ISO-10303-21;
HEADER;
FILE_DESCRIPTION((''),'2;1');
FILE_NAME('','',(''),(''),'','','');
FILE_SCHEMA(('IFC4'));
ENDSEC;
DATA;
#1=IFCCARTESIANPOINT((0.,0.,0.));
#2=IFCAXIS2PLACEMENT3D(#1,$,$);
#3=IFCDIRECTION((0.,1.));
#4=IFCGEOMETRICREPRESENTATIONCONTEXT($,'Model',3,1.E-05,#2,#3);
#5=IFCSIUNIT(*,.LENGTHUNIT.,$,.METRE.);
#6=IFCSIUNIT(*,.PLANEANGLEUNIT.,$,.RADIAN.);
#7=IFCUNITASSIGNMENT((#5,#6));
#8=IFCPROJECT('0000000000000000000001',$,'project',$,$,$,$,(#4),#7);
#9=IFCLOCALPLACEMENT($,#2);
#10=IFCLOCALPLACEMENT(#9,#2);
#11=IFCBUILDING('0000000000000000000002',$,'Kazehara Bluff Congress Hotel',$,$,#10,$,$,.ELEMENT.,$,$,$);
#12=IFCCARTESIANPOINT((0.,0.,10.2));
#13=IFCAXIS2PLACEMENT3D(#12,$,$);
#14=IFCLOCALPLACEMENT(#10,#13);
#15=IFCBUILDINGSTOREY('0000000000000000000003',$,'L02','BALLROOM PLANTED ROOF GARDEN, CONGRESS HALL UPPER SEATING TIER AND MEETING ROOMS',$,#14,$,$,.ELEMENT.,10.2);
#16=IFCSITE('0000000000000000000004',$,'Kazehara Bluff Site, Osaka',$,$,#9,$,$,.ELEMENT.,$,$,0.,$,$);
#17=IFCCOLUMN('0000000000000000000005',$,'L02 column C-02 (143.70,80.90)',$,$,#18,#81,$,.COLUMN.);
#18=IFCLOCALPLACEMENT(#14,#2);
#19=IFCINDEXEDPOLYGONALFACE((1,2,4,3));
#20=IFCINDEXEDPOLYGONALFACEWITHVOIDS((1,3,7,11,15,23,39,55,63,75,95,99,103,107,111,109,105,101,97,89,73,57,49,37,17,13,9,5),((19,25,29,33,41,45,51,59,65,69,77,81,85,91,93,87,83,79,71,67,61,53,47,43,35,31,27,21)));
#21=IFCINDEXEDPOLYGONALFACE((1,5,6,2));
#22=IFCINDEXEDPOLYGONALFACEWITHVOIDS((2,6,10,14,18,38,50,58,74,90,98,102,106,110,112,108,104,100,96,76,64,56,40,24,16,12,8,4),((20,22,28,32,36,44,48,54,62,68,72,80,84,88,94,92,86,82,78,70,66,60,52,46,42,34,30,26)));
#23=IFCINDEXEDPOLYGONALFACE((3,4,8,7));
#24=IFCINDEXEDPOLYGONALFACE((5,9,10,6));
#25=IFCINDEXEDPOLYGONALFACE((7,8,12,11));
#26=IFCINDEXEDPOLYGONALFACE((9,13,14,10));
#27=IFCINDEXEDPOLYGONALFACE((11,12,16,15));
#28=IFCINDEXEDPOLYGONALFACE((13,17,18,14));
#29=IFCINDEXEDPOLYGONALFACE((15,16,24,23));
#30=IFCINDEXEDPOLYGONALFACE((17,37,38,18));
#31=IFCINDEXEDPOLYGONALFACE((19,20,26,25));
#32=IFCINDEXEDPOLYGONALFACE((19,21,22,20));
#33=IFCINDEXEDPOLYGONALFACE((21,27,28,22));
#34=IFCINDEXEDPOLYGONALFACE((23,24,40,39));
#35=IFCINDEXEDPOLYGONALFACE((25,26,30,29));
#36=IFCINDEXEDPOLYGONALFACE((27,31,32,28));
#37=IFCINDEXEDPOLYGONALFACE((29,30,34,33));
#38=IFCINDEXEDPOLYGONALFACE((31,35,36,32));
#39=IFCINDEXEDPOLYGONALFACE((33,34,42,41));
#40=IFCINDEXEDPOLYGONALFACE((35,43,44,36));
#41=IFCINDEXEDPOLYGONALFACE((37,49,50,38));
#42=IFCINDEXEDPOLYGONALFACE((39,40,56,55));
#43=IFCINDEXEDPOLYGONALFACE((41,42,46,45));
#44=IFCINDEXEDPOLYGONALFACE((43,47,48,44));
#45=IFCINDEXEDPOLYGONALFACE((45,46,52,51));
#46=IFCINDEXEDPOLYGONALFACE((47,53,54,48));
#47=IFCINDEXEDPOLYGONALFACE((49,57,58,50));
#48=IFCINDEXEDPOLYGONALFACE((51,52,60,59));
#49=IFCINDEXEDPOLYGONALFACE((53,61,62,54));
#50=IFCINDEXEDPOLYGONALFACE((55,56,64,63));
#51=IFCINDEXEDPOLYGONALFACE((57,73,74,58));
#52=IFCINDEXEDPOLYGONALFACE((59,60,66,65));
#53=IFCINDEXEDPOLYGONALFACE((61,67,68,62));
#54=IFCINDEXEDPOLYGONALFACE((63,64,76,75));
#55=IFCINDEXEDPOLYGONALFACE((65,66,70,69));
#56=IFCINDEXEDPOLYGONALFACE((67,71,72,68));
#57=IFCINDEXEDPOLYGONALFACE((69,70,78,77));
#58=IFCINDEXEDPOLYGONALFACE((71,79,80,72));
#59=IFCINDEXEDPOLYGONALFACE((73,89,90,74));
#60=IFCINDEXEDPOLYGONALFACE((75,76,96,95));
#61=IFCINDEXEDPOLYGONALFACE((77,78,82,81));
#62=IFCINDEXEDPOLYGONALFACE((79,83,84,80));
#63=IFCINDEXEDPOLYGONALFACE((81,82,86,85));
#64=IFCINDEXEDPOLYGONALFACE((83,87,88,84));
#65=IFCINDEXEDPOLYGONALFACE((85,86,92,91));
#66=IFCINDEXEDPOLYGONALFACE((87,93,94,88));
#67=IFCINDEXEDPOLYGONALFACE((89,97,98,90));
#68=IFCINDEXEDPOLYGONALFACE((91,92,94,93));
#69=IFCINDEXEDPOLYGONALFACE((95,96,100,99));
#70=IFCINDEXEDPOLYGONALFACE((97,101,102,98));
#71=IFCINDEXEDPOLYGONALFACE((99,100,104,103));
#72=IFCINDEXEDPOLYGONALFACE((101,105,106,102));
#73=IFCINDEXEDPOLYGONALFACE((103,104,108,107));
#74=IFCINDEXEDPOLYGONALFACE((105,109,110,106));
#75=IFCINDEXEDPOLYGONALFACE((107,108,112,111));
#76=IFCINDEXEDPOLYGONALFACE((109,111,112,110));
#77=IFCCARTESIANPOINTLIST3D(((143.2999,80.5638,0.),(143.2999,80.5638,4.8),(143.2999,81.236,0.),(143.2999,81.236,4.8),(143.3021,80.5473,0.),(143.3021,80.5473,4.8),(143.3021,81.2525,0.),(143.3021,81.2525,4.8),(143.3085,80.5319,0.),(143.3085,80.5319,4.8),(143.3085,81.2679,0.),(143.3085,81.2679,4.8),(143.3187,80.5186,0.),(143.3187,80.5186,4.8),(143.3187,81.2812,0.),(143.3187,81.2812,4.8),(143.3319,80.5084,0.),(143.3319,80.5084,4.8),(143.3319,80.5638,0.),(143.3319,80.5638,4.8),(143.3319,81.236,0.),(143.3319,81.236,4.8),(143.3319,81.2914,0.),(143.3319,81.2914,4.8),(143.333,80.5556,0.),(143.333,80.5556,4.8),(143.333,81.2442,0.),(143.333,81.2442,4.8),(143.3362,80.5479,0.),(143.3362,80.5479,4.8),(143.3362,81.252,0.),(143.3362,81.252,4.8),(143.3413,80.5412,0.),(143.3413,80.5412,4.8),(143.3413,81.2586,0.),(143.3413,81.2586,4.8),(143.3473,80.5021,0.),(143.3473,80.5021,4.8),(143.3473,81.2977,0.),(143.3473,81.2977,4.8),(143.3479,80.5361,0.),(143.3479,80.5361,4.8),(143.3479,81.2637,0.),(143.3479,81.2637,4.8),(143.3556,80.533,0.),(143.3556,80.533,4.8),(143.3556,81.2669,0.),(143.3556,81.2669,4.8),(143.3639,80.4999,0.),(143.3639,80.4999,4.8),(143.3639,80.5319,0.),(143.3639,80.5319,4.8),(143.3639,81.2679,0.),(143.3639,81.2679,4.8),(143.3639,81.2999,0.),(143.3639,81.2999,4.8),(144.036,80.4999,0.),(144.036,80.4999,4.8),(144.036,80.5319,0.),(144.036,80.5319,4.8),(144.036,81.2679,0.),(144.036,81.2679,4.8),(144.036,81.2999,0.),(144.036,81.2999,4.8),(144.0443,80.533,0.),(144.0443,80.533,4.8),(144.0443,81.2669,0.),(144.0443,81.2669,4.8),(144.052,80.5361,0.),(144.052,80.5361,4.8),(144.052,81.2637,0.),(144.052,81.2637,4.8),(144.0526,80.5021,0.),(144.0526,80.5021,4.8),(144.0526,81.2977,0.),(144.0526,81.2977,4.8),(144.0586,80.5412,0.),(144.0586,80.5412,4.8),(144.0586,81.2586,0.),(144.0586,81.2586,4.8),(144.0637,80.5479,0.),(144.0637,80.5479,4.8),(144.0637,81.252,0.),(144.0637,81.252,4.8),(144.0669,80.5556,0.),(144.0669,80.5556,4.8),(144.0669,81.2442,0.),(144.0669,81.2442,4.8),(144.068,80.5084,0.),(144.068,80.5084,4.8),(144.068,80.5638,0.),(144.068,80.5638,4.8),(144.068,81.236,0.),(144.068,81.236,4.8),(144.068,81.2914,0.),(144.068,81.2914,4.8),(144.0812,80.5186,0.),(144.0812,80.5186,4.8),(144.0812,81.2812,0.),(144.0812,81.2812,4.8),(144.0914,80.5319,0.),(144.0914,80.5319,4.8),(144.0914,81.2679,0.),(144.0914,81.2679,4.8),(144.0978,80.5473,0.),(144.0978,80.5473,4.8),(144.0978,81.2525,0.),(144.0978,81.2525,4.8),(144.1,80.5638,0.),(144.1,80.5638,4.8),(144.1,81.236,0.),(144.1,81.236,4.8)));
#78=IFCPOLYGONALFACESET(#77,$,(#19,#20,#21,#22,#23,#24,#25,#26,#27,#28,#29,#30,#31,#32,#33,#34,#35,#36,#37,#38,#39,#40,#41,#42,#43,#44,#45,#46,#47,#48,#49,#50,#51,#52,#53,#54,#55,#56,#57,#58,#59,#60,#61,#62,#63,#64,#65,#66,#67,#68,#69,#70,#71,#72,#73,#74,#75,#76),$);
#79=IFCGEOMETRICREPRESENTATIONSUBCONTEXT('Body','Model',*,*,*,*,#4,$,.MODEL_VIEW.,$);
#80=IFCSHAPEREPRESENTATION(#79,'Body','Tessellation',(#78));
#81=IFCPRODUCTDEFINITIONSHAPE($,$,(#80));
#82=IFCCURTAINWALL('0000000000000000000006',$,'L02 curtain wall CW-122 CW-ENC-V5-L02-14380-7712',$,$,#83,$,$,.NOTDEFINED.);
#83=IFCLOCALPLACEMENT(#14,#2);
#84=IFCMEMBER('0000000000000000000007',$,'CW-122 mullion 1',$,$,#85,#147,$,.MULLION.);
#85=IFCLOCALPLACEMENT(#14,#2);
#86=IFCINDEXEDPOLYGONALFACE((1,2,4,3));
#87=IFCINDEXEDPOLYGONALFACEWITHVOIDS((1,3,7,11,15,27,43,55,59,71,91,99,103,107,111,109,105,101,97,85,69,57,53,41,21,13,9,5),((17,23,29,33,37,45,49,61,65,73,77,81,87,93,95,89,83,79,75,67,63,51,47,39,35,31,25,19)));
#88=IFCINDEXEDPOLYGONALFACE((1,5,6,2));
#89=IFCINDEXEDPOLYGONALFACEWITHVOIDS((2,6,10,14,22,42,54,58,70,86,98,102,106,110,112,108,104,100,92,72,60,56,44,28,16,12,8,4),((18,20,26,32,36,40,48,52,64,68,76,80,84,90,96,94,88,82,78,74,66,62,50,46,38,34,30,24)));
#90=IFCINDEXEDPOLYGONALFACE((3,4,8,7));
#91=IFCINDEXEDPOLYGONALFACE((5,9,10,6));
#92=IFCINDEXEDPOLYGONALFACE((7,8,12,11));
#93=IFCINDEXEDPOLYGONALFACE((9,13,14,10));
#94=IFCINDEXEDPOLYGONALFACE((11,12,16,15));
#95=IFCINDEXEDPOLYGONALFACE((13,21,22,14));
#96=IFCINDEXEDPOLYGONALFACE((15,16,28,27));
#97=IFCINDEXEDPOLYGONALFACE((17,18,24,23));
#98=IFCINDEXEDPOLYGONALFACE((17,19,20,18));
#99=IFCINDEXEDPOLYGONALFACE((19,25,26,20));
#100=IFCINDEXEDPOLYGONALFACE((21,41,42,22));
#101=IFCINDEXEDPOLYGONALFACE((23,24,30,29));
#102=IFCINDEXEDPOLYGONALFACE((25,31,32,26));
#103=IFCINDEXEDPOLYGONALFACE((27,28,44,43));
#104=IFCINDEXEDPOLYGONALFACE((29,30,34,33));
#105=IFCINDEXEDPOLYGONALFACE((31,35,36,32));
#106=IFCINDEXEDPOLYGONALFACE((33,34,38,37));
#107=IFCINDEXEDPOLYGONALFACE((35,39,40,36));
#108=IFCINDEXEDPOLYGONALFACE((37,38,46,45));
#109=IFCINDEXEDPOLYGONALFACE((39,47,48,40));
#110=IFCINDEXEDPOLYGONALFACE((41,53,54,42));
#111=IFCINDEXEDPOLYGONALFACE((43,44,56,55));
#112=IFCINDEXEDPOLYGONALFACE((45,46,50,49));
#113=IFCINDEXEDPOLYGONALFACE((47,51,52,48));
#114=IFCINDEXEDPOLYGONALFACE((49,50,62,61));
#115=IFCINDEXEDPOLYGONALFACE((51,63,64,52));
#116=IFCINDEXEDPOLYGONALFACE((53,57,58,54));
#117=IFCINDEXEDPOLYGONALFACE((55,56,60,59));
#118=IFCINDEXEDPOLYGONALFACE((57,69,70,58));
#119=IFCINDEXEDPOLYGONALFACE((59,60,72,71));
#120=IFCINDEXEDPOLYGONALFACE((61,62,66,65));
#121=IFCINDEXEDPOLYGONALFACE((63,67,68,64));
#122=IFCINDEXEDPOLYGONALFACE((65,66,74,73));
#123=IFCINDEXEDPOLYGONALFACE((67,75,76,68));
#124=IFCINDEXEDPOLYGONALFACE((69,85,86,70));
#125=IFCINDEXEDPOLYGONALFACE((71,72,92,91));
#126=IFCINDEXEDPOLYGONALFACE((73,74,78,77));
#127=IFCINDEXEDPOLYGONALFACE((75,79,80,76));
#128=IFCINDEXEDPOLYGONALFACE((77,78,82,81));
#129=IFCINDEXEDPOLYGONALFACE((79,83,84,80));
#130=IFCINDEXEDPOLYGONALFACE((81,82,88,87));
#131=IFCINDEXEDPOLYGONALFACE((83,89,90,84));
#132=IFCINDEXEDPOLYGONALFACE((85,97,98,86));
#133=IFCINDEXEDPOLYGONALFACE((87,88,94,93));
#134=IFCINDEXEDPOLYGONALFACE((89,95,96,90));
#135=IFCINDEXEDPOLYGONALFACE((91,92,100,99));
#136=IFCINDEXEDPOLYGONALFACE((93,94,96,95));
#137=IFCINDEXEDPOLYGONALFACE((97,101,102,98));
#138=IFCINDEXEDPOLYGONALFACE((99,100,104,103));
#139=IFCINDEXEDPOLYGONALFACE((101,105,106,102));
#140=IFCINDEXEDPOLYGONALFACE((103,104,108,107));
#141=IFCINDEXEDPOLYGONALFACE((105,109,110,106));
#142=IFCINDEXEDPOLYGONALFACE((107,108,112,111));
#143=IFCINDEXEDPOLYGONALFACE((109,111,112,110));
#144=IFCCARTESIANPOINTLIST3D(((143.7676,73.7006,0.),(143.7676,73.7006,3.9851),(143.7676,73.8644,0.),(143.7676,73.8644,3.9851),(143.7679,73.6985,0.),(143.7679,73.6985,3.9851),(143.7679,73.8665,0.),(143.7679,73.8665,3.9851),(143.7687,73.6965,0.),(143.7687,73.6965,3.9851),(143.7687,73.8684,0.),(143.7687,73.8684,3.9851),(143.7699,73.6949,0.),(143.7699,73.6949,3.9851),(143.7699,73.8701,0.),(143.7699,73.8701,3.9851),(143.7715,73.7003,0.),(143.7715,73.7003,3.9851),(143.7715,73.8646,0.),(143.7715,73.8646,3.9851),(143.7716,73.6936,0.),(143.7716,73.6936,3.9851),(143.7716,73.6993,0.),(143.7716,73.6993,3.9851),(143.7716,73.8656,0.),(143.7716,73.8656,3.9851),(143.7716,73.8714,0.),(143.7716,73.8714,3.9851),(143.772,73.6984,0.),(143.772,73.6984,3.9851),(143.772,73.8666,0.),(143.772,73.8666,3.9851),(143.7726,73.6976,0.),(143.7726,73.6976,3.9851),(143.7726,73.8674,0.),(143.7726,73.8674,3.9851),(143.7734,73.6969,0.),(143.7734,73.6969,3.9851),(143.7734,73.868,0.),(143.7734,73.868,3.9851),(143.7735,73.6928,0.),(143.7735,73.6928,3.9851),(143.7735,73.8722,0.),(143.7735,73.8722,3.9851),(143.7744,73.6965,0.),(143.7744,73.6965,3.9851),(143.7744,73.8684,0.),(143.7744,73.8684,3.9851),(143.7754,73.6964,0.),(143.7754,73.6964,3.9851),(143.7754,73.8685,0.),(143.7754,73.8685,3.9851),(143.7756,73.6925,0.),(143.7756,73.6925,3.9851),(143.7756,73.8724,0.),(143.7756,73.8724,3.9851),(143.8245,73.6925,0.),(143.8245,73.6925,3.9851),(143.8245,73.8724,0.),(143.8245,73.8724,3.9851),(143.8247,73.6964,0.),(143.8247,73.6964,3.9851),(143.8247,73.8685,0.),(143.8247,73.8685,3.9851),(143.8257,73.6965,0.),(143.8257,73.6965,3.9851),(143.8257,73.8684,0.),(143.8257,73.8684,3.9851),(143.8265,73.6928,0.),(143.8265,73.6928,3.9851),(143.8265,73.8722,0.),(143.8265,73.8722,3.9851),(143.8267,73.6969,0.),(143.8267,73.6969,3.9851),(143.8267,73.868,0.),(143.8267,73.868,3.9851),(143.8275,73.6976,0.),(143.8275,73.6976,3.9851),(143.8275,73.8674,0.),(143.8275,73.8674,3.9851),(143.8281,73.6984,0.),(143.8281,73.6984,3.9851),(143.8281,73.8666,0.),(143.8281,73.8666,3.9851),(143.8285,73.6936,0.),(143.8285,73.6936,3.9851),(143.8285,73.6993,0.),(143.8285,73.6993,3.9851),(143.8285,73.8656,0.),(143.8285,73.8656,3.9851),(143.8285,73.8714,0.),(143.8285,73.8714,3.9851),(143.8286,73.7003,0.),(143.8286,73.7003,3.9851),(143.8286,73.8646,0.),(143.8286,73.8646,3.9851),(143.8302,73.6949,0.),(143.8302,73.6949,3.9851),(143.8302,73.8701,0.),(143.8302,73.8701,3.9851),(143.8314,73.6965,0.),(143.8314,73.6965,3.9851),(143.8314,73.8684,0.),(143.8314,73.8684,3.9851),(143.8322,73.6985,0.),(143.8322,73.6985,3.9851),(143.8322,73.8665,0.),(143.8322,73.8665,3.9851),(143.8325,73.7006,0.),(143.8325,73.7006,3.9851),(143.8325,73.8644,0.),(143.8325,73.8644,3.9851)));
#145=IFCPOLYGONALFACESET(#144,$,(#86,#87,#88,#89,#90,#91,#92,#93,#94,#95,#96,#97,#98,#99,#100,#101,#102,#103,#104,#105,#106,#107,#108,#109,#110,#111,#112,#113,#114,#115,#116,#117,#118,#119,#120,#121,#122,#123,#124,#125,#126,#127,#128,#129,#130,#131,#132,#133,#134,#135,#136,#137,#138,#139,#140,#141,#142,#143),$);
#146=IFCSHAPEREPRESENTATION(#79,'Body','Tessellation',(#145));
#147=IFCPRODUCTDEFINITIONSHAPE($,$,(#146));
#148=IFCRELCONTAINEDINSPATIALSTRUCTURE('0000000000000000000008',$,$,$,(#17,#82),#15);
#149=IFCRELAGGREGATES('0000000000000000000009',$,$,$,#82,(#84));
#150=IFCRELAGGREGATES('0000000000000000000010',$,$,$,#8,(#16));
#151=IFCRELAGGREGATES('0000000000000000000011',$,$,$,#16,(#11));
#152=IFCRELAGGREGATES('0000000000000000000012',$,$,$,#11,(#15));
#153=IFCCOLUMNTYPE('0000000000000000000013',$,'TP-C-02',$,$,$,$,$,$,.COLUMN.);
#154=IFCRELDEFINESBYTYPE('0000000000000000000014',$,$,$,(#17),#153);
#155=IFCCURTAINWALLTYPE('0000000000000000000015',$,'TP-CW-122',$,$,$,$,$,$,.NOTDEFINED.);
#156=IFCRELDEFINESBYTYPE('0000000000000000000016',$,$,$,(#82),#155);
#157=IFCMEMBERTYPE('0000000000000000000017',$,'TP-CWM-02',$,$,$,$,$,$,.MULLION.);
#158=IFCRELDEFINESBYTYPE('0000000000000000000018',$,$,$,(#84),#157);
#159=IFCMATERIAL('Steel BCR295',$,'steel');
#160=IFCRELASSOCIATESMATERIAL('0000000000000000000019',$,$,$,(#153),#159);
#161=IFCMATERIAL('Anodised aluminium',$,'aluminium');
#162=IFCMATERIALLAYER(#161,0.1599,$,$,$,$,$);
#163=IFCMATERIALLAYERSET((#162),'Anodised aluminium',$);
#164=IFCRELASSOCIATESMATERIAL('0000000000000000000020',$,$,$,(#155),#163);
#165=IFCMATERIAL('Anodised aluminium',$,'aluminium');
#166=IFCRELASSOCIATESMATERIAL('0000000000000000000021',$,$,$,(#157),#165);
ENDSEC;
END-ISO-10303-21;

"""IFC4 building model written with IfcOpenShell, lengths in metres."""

from ifc_helpers import new_model, si_unit, direction, frame, origin, origin_2d, place, context, subcontext, project, spatial, hollow_rectangle, extrude, material, layer, layer_set, material_profile, profile_set, type_object, element, aggregate, save


model = new_model("IFC4")

# Units and contexts
model_context = context("Model", 3, precision=1e-05, world=origin(), true_north=direction((0.0, 1.0)))
body_context = subcontext(model_context, "Body", "Model", "MODEL_VIEW")
ifc_project = project(units=[si_unit("LENGTHUNIT", "METRE"), si_unit("PLANEANGLEUNIT", "RADIAN")], contexts=[model_context])

# Site, building, storey
site_placement = place(None, origin())
site = spatial("IfcSite", under=ifc_project, at=site_placement, Name="Kazehara Bluff Site, Osaka", CompositionType="ELEMENT", RefElevation=0.0)
building_placement = place(site_placement, origin())
building = spatial("IfcBuilding", under=site, at=building_placement, Name="Kazehara Bluff Congress Hotel", CompositionType="ELEMENT")
storey_placement = place(building_placement, frame((0.0, 0.0, 10.2)))
storey = spatial("IfcBuildingStorey", under=building, at=storey_placement, Name="L02", Description="BALLROOM PLANTED ROOF GARDEN, CONGRESS HALL UPPER SEATING TIER AND MEETING ROOMS", CompositionType="ELEMENT", Elevation=10.2)

# Column
ifc_material_1 = material(Name="Steel BCR295", Category="steel")
ifc_material_profile_1 = material_profile(ifc_material_1, hollow_rectangle(XDim=0.8, YDim=0.8, WallThickness=0.032, InnerFilletRadius=0.032, OuterFilletRadius=0.064, at=origin_2d()))
ifc_profile_set_1 = profile_set([ifc_material_profile_1], Name="Steel BCR295")
column_type = type_object("IfcColumnType", Name="TP-C-02", PredefinedType="COLUMN", material=ifc_profile_set_1)
column_placement = place(storey_placement, frame((143.7, 80.8999, 0.0), z_axis=(0.0, 0.0, 1.0), x_axis=(1.0, 0.0, 0.0)))
element("IfcColumn", 1, at=column_placement, inside=storey, type_object=column_type, Name="L02 column C-02 (143.70,80.90)", PredefinedType="COLUMN", context=body_context, shape_type="SweptSolid", body=[
    extrude(hollow_rectangle(XDim=0.8, YDim=0.8, WallThickness=0.032, InnerFilletRadius=0.032, OuterFilletRadius=0.064, at=origin_2d()), origin(), (0.0, 0.0, 1.0), 4.8),
])

# Curtain wall, member
ifc_material_2 = material(Name="Anodised aluminium", Category="aluminium")
ifc_layer_1 = layer(ifc_material_2, 0.1599)
ifc_layer_set_1 = layer_set([ifc_layer_1], Name="Anodised aluminium")
curtain_wall_type_1 = type_object("IfcCurtainWallType", Name="TP-CW-122", PredefinedType="NOTDEFINED", material=ifc_layer_set_1)
curtain_wall_1_placement = place(storey_placement, origin())
curtain_wall_1 = element("IfcCurtainWall", 2, at=curtain_wall_1_placement, inside=storey, type_object=curtain_wall_type_1, Name="L02 curtain wall CW-122 CW-ENC-V5-L02-14380-7712", PredefinedType="NOTDEFINED")
ifc_material_3 = material(Name="Anodised aluminium", Category="aluminium")
ifc_material_profile_2 = material_profile(ifc_material_3, hollow_rectangle(XDim=0.0649, YDim=0.1799, WallThickness=0.0039, InnerFilletRadius=0.0039, OuterFilletRadius=0.0081, at=origin_2d()))
ifc_profile_set_2 = profile_set([ifc_material_profile_2], Name="Anodised aluminium")
member_type_1 = type_object("IfcMemberType", Name="TP-CWM-02", PredefinedType="MULLION", material=ifc_profile_set_2)
member_1_placement = place(storey_placement, frame((143.8, 73.7825, 0.0), z_axis=(0.0, 0.0, 1.0), x_axis=(-1.0, 0.0, 0.0)))
member_1 = element("IfcMember", 3, at=member_1_placement, type_object=member_type_1, Name="CW-122 mullion 1", PredefinedType="MULLION", context=body_context, shape_type="SweptSolid", body=[
    extrude(hollow_rectangle(XDim=0.0649, YDim=0.1799, WallThickness=0.0039, InnerFilletRadius=0.0039, OuterFilletRadius=0.0081, at=origin_2d()), origin(), (0.0, 0.0, 1.0), 3.9851),
])

aggregate(curtain_wall_1, [member_1])

save(model, "model.ifc")
